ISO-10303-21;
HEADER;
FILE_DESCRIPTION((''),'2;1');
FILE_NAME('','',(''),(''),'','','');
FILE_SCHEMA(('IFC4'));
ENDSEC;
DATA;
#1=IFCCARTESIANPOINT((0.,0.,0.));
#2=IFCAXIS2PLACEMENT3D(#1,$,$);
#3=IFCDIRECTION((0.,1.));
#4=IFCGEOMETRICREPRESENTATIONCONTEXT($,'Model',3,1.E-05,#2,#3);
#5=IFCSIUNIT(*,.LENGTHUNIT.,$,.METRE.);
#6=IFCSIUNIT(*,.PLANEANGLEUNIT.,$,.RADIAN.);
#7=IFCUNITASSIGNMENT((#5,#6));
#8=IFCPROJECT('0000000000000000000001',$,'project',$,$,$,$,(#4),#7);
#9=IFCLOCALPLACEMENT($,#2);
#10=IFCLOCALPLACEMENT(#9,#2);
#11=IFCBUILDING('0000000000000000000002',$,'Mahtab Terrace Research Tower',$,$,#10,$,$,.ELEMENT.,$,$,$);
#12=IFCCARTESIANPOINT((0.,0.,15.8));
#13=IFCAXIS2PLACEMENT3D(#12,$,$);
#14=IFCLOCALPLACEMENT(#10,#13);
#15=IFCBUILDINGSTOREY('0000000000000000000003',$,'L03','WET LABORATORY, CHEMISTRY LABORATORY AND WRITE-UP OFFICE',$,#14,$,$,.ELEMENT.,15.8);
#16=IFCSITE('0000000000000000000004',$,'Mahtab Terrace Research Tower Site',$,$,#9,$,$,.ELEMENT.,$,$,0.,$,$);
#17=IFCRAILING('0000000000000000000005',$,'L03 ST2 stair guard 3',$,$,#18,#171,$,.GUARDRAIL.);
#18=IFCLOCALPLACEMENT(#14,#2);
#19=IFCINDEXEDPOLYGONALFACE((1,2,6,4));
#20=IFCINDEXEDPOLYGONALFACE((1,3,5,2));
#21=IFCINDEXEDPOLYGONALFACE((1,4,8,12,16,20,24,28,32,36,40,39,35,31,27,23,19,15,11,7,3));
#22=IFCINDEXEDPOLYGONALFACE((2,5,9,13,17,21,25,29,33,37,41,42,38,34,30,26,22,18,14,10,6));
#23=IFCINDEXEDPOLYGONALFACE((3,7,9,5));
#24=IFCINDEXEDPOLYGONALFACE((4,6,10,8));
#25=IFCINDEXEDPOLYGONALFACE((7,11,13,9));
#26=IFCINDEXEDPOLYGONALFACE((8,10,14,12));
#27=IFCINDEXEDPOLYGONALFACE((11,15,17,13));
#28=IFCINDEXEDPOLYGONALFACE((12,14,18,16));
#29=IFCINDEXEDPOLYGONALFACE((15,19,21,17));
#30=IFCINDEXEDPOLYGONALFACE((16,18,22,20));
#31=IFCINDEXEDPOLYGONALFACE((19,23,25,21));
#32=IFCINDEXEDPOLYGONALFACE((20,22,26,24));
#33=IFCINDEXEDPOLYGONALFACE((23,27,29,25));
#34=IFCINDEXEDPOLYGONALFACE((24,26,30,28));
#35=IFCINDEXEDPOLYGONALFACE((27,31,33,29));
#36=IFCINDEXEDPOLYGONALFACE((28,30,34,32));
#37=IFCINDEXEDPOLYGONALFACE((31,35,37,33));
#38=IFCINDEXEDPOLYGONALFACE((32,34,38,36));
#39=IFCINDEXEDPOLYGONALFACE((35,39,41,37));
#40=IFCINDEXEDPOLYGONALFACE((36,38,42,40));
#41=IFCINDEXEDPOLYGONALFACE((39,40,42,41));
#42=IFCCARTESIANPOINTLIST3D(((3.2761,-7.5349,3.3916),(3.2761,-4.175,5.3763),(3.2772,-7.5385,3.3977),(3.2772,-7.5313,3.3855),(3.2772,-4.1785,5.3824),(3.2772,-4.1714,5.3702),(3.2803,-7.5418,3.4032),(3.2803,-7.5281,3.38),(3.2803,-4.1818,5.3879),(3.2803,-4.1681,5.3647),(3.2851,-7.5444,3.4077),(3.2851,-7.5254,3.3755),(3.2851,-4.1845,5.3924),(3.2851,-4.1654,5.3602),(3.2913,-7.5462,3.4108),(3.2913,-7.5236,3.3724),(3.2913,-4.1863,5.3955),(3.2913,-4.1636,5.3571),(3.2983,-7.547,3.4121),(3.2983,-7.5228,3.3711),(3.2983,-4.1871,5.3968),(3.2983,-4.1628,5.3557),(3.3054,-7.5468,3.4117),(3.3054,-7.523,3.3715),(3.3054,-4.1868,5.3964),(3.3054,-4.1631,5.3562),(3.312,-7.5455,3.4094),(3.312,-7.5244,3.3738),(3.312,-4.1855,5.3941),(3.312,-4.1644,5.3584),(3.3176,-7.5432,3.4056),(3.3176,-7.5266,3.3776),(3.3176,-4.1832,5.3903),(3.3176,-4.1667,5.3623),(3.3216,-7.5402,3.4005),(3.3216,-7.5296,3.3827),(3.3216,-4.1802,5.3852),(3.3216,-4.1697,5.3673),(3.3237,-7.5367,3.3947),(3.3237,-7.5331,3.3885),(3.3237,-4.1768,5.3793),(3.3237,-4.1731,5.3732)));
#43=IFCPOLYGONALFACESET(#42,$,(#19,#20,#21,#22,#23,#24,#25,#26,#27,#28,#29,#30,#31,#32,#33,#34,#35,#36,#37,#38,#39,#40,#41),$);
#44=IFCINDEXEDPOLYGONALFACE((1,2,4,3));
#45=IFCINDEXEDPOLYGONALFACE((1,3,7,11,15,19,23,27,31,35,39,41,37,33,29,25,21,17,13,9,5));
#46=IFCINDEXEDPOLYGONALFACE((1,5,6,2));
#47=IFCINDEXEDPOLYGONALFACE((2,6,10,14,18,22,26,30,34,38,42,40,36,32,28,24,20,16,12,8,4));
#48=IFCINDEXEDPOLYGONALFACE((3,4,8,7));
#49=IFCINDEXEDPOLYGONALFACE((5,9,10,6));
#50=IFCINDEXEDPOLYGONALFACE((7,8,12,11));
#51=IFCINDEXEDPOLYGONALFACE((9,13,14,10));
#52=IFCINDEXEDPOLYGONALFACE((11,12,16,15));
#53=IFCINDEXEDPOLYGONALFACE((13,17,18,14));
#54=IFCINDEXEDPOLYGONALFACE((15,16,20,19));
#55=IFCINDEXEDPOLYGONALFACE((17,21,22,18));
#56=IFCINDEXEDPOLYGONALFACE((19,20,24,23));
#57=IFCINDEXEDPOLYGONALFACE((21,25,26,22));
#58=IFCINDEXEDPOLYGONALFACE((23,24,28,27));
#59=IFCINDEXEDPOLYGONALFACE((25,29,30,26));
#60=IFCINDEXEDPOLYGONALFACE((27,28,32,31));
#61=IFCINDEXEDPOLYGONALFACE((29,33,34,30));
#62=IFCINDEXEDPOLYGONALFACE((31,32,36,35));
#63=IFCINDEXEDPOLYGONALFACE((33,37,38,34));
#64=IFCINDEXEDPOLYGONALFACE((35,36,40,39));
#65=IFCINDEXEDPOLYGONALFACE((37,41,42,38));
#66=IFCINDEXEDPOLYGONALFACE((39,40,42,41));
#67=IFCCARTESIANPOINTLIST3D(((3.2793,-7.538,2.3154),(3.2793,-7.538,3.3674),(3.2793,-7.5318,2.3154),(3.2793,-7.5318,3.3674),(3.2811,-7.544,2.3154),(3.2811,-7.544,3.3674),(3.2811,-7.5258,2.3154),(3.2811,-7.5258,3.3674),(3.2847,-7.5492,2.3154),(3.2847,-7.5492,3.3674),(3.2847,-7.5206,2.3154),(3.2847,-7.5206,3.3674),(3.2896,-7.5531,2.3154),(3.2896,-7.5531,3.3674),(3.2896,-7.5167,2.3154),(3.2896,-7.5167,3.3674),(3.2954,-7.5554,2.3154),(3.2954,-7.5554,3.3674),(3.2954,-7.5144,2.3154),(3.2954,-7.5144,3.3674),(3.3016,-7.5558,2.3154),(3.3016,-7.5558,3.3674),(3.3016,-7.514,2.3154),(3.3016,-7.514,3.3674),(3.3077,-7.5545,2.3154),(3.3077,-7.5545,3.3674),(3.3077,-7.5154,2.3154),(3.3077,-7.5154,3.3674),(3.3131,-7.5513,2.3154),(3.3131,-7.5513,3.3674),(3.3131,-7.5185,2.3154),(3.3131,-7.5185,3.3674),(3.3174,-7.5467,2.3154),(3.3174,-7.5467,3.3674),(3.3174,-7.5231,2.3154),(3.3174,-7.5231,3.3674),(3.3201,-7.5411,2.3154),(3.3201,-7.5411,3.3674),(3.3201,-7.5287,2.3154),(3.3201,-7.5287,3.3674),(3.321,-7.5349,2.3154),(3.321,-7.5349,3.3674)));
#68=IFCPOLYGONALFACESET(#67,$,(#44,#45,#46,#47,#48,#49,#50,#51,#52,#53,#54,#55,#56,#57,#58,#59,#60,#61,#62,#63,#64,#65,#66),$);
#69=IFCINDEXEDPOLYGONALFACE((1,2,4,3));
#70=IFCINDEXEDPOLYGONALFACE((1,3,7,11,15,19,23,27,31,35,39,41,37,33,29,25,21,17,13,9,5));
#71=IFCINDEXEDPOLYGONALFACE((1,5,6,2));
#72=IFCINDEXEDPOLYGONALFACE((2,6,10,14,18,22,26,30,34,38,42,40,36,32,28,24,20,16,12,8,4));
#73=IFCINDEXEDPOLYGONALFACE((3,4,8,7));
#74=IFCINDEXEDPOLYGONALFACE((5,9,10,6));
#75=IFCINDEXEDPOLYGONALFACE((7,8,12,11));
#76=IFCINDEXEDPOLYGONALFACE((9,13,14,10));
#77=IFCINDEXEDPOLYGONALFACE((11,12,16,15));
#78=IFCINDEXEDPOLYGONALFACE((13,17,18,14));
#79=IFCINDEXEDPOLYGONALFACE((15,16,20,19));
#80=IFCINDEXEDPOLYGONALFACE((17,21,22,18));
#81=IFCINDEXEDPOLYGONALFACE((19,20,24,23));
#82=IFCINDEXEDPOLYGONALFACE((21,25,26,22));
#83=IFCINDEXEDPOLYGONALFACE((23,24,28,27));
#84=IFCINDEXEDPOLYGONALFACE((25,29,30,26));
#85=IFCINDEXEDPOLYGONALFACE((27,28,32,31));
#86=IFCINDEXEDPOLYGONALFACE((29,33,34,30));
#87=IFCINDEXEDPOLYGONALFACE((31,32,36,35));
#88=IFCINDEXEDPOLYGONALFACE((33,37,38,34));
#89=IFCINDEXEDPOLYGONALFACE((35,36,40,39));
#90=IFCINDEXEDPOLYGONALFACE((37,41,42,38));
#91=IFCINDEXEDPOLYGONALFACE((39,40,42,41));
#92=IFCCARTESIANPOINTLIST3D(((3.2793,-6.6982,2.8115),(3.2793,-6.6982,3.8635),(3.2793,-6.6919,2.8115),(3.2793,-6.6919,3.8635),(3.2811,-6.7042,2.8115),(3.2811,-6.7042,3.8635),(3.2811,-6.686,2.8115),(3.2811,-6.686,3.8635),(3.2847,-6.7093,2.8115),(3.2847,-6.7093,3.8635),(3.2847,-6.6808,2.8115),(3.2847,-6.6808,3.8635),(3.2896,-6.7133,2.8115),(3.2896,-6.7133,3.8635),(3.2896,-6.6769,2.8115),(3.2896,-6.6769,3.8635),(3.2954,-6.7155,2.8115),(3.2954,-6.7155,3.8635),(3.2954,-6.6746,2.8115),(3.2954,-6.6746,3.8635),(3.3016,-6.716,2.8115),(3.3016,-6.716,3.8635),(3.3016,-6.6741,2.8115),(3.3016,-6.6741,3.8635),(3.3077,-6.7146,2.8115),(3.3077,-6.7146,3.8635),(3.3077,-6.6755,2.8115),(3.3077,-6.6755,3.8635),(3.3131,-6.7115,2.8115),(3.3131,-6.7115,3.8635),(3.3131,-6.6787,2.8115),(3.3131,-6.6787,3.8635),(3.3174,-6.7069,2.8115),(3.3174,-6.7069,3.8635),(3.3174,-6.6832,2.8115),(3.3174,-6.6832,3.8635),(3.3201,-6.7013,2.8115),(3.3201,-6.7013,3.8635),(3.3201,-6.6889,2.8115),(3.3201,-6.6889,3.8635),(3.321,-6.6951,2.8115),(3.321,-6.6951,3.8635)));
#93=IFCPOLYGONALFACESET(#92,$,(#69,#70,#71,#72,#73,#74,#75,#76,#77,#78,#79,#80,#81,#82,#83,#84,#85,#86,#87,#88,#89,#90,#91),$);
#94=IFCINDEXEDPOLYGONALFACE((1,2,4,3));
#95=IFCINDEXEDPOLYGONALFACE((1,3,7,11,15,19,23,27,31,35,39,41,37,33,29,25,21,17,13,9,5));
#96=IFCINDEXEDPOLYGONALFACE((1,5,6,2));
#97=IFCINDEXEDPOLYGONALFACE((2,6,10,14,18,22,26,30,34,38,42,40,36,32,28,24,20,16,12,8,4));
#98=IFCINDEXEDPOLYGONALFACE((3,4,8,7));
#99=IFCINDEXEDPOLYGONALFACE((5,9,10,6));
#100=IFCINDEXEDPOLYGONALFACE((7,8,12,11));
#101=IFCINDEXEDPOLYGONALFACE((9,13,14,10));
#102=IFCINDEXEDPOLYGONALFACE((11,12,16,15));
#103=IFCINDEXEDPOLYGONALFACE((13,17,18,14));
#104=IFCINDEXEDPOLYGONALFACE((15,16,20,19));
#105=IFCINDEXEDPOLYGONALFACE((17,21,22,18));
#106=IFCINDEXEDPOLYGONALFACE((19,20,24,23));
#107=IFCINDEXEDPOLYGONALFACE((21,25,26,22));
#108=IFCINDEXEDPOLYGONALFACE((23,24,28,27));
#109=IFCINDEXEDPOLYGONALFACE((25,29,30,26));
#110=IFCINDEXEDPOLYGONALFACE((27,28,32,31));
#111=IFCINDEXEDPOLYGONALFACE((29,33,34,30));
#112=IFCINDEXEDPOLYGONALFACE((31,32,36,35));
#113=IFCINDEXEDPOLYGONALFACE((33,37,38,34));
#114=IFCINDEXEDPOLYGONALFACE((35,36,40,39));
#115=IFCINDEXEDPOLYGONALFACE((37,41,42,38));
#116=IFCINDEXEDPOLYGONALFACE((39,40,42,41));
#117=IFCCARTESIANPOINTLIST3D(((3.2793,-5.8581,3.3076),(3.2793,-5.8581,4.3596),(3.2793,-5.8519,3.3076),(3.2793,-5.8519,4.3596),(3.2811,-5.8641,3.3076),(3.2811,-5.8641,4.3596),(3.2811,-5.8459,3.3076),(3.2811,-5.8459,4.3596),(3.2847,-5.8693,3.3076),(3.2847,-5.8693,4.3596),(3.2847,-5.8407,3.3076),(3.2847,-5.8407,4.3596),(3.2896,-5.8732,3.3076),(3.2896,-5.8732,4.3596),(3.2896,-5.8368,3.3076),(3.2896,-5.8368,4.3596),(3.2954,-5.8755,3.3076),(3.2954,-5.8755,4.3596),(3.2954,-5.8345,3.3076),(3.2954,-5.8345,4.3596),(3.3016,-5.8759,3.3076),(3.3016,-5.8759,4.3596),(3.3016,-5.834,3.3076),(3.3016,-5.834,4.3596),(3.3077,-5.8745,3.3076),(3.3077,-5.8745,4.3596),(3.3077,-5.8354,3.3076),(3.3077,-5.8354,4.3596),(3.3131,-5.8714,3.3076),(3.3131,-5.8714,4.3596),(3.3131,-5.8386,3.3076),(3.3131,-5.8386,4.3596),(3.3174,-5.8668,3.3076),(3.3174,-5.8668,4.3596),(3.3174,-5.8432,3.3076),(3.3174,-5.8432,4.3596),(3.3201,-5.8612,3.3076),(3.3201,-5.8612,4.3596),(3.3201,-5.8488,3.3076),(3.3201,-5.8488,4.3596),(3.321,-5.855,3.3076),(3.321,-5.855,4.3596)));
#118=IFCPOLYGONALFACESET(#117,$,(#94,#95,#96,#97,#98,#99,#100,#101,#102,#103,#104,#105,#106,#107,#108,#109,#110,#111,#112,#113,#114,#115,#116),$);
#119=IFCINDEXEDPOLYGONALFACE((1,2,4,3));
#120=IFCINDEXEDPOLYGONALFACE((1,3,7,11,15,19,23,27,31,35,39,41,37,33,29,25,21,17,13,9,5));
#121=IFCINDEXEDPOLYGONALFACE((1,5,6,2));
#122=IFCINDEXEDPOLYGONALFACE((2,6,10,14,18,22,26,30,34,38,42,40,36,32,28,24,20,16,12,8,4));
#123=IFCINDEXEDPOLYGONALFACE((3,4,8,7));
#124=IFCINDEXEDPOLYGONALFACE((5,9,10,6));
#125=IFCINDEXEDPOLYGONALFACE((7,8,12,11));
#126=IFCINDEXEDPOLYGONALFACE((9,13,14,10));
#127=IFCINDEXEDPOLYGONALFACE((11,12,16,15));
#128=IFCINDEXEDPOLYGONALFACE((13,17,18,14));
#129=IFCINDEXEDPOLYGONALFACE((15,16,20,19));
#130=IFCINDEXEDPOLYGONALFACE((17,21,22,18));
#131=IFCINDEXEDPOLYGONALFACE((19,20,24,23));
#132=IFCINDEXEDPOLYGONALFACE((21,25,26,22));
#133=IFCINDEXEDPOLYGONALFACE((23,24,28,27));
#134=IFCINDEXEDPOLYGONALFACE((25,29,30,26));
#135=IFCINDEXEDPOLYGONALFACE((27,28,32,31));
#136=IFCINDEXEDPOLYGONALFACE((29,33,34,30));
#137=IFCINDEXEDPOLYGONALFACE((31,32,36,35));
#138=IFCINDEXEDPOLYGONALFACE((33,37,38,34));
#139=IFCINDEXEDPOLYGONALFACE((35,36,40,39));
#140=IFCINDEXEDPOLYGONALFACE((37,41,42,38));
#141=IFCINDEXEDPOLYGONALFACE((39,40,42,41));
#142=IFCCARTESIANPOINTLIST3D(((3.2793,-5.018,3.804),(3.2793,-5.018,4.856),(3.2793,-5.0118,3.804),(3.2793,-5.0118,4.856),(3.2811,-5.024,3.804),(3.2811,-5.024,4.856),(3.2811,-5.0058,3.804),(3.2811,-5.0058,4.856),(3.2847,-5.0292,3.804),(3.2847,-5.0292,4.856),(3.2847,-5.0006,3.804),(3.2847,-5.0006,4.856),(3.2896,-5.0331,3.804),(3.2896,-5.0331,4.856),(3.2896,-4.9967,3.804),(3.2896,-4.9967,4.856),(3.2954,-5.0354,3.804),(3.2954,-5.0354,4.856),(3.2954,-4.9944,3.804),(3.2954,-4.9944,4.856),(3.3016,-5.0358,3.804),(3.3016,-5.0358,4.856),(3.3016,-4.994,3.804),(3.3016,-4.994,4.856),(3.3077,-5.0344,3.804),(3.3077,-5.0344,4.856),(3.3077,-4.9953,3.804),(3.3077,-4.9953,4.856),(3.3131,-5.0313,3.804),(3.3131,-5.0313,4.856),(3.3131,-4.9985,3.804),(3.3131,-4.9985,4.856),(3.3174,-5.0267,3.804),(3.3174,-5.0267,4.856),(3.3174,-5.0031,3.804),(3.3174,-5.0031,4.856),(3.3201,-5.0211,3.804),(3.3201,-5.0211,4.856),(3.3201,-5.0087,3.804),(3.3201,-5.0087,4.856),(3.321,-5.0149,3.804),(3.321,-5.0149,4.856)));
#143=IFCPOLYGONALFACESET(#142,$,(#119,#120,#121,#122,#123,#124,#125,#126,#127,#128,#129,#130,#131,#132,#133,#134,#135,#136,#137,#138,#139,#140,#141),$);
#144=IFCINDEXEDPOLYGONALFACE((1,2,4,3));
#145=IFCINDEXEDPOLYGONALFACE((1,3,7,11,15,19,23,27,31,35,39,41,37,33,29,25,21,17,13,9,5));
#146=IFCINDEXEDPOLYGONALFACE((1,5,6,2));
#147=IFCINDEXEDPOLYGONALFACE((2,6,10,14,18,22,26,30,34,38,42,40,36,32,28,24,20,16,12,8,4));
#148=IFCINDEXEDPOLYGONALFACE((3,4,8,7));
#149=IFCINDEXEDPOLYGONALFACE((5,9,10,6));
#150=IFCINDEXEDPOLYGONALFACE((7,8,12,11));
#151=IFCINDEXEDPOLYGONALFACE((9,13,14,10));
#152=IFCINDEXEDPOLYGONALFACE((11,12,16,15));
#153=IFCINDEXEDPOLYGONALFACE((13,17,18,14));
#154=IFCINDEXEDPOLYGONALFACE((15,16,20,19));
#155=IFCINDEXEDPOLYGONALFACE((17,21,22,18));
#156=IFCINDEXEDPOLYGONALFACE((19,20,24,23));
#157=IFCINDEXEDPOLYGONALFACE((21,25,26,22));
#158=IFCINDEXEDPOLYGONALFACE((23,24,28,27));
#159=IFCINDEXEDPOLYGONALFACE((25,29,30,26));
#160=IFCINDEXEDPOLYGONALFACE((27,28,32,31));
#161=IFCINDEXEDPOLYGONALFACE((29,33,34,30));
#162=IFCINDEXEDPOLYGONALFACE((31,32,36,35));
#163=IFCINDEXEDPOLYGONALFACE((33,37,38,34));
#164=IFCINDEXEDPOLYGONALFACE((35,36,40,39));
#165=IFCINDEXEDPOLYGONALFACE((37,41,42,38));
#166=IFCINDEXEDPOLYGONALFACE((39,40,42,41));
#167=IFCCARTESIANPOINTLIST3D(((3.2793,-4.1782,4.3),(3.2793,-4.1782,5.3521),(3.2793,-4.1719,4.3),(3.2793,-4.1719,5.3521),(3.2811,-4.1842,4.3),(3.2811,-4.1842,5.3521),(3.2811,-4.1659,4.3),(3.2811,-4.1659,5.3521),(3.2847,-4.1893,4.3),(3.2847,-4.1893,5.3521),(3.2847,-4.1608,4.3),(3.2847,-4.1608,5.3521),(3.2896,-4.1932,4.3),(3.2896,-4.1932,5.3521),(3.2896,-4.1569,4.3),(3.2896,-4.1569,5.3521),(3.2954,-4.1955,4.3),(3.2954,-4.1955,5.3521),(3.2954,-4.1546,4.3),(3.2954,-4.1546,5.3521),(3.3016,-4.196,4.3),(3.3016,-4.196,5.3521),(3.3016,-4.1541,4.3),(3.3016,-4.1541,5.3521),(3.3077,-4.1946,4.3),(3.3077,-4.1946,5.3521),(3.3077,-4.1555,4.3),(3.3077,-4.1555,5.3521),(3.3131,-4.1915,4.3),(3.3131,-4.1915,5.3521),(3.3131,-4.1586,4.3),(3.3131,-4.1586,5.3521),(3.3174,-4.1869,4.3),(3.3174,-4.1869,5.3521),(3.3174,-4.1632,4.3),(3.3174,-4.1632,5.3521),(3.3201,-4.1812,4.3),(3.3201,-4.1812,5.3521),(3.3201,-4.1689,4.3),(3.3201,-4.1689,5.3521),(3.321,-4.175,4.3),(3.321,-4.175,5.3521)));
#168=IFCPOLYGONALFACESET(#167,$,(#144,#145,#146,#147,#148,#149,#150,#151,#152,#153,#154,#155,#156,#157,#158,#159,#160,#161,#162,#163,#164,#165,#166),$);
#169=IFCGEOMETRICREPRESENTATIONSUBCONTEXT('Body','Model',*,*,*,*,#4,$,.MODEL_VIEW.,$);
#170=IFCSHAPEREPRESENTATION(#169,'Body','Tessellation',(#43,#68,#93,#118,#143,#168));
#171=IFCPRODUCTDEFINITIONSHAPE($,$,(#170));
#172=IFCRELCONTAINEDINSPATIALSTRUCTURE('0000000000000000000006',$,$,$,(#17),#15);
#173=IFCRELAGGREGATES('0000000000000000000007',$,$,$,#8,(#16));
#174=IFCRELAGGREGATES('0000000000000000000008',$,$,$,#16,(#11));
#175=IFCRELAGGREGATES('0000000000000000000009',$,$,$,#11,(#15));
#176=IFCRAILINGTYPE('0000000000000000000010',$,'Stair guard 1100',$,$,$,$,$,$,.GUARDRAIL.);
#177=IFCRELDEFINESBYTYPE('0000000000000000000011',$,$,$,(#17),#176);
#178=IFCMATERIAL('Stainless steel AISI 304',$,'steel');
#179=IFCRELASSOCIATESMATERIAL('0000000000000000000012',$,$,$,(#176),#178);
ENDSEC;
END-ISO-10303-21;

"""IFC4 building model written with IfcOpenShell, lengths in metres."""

from ifc_helpers import new_model, si_unit, direction, frame, origin, origin_2d, place, context, subcontext, project, spatial, circle, extrude, material, type_object, element, save


model = new_model("IFC4")

# Units and contexts
model_context = context("Model", 3, precision=1e-05, world=origin(), true_north=direction((0.0, 1.0)))
body_context = subcontext(model_context, "Body", "Model", "MODEL_VIEW")
ifc_project = project(units=[si_unit("LENGTHUNIT", "METRE"), si_unit("PLANEANGLEUNIT", "RADIAN")], contexts=[model_context])

# Site, building, storey
site_placement = place(None, origin())
site = spatial("IfcSite", under=ifc_project, at=site_placement, Name="Mahtab Terrace Research Tower Site", CompositionType="ELEMENT", RefElevation=0.0)
building_placement = place(site_placement, origin())
building = spatial("IfcBuilding", under=site, at=building_placement, Name="Mahtab Terrace Research Tower", CompositionType="ELEMENT")
storey_placement = place(building_placement, frame((0.0, 0.0, 15.8)))
storey = spatial("IfcBuildingStorey", under=building, at=storey_placement, Name="L03", Description="WET LABORATORY, CHEMISTRY LABORATORY AND WRITE-UP OFFICE", CompositionType="ELEMENT", Elevation=15.8)

# Railing
ifc_material_1 = material(Name="Stainless steel AISI 304", Category="steel")
railing_type_1 = type_object("IfcRailingType", Name="Stair guard 1100", PredefinedType="GUARDRAIL", material=ifc_material_1)
railing_1_placement = place(storey_placement, frame((3.3, -7.5349, 2.3154)))
element("IfcRailing", 1, at=railing_1_placement, inside=storey, type_object=railing_type_1, Name="L03 ST2 stair guard 3", PredefinedType="GUARDRAIL", context=body_context, shape_type="SweptSolid", body=[
    extrude(circle(Radius=0.0239, at=origin_2d()), frame((0.0, 0.0, 1.0762), z_axis=(0.0, 0.861011, 0.508586), x_axis=(-1.0, 0.0, 0.0)), (0.0, 0.0, 1.0), 3.9023),
    extrude(circle(Radius=0.021, at=origin_2d()), origin(), (0.0, 0.0, 1.0), 1.052),
    extrude(circle(Radius=0.021, at=origin_2d()), frame((0.0, 0.8398, 0.4961)), (0.0, 0.0, 1.0), 1.052),
    extrude(circle(Radius=0.021, at=origin_2d()), frame((0.0, 1.6799, 0.9922)), (0.0, 0.0, 1.0), 1.052),
    extrude(circle(Radius=0.021, at=origin_2d()), frame((0.0, 2.52, 1.4885)), (0.0, 0.0, 1.0), 1.052),
    extrude(circle(Radius=0.021, at=origin_2d()), frame((0.0, 3.3599, 1.9846)), (0.0, 0.0, 1.0), 1.052),
])

save(model, "model.ifc")
